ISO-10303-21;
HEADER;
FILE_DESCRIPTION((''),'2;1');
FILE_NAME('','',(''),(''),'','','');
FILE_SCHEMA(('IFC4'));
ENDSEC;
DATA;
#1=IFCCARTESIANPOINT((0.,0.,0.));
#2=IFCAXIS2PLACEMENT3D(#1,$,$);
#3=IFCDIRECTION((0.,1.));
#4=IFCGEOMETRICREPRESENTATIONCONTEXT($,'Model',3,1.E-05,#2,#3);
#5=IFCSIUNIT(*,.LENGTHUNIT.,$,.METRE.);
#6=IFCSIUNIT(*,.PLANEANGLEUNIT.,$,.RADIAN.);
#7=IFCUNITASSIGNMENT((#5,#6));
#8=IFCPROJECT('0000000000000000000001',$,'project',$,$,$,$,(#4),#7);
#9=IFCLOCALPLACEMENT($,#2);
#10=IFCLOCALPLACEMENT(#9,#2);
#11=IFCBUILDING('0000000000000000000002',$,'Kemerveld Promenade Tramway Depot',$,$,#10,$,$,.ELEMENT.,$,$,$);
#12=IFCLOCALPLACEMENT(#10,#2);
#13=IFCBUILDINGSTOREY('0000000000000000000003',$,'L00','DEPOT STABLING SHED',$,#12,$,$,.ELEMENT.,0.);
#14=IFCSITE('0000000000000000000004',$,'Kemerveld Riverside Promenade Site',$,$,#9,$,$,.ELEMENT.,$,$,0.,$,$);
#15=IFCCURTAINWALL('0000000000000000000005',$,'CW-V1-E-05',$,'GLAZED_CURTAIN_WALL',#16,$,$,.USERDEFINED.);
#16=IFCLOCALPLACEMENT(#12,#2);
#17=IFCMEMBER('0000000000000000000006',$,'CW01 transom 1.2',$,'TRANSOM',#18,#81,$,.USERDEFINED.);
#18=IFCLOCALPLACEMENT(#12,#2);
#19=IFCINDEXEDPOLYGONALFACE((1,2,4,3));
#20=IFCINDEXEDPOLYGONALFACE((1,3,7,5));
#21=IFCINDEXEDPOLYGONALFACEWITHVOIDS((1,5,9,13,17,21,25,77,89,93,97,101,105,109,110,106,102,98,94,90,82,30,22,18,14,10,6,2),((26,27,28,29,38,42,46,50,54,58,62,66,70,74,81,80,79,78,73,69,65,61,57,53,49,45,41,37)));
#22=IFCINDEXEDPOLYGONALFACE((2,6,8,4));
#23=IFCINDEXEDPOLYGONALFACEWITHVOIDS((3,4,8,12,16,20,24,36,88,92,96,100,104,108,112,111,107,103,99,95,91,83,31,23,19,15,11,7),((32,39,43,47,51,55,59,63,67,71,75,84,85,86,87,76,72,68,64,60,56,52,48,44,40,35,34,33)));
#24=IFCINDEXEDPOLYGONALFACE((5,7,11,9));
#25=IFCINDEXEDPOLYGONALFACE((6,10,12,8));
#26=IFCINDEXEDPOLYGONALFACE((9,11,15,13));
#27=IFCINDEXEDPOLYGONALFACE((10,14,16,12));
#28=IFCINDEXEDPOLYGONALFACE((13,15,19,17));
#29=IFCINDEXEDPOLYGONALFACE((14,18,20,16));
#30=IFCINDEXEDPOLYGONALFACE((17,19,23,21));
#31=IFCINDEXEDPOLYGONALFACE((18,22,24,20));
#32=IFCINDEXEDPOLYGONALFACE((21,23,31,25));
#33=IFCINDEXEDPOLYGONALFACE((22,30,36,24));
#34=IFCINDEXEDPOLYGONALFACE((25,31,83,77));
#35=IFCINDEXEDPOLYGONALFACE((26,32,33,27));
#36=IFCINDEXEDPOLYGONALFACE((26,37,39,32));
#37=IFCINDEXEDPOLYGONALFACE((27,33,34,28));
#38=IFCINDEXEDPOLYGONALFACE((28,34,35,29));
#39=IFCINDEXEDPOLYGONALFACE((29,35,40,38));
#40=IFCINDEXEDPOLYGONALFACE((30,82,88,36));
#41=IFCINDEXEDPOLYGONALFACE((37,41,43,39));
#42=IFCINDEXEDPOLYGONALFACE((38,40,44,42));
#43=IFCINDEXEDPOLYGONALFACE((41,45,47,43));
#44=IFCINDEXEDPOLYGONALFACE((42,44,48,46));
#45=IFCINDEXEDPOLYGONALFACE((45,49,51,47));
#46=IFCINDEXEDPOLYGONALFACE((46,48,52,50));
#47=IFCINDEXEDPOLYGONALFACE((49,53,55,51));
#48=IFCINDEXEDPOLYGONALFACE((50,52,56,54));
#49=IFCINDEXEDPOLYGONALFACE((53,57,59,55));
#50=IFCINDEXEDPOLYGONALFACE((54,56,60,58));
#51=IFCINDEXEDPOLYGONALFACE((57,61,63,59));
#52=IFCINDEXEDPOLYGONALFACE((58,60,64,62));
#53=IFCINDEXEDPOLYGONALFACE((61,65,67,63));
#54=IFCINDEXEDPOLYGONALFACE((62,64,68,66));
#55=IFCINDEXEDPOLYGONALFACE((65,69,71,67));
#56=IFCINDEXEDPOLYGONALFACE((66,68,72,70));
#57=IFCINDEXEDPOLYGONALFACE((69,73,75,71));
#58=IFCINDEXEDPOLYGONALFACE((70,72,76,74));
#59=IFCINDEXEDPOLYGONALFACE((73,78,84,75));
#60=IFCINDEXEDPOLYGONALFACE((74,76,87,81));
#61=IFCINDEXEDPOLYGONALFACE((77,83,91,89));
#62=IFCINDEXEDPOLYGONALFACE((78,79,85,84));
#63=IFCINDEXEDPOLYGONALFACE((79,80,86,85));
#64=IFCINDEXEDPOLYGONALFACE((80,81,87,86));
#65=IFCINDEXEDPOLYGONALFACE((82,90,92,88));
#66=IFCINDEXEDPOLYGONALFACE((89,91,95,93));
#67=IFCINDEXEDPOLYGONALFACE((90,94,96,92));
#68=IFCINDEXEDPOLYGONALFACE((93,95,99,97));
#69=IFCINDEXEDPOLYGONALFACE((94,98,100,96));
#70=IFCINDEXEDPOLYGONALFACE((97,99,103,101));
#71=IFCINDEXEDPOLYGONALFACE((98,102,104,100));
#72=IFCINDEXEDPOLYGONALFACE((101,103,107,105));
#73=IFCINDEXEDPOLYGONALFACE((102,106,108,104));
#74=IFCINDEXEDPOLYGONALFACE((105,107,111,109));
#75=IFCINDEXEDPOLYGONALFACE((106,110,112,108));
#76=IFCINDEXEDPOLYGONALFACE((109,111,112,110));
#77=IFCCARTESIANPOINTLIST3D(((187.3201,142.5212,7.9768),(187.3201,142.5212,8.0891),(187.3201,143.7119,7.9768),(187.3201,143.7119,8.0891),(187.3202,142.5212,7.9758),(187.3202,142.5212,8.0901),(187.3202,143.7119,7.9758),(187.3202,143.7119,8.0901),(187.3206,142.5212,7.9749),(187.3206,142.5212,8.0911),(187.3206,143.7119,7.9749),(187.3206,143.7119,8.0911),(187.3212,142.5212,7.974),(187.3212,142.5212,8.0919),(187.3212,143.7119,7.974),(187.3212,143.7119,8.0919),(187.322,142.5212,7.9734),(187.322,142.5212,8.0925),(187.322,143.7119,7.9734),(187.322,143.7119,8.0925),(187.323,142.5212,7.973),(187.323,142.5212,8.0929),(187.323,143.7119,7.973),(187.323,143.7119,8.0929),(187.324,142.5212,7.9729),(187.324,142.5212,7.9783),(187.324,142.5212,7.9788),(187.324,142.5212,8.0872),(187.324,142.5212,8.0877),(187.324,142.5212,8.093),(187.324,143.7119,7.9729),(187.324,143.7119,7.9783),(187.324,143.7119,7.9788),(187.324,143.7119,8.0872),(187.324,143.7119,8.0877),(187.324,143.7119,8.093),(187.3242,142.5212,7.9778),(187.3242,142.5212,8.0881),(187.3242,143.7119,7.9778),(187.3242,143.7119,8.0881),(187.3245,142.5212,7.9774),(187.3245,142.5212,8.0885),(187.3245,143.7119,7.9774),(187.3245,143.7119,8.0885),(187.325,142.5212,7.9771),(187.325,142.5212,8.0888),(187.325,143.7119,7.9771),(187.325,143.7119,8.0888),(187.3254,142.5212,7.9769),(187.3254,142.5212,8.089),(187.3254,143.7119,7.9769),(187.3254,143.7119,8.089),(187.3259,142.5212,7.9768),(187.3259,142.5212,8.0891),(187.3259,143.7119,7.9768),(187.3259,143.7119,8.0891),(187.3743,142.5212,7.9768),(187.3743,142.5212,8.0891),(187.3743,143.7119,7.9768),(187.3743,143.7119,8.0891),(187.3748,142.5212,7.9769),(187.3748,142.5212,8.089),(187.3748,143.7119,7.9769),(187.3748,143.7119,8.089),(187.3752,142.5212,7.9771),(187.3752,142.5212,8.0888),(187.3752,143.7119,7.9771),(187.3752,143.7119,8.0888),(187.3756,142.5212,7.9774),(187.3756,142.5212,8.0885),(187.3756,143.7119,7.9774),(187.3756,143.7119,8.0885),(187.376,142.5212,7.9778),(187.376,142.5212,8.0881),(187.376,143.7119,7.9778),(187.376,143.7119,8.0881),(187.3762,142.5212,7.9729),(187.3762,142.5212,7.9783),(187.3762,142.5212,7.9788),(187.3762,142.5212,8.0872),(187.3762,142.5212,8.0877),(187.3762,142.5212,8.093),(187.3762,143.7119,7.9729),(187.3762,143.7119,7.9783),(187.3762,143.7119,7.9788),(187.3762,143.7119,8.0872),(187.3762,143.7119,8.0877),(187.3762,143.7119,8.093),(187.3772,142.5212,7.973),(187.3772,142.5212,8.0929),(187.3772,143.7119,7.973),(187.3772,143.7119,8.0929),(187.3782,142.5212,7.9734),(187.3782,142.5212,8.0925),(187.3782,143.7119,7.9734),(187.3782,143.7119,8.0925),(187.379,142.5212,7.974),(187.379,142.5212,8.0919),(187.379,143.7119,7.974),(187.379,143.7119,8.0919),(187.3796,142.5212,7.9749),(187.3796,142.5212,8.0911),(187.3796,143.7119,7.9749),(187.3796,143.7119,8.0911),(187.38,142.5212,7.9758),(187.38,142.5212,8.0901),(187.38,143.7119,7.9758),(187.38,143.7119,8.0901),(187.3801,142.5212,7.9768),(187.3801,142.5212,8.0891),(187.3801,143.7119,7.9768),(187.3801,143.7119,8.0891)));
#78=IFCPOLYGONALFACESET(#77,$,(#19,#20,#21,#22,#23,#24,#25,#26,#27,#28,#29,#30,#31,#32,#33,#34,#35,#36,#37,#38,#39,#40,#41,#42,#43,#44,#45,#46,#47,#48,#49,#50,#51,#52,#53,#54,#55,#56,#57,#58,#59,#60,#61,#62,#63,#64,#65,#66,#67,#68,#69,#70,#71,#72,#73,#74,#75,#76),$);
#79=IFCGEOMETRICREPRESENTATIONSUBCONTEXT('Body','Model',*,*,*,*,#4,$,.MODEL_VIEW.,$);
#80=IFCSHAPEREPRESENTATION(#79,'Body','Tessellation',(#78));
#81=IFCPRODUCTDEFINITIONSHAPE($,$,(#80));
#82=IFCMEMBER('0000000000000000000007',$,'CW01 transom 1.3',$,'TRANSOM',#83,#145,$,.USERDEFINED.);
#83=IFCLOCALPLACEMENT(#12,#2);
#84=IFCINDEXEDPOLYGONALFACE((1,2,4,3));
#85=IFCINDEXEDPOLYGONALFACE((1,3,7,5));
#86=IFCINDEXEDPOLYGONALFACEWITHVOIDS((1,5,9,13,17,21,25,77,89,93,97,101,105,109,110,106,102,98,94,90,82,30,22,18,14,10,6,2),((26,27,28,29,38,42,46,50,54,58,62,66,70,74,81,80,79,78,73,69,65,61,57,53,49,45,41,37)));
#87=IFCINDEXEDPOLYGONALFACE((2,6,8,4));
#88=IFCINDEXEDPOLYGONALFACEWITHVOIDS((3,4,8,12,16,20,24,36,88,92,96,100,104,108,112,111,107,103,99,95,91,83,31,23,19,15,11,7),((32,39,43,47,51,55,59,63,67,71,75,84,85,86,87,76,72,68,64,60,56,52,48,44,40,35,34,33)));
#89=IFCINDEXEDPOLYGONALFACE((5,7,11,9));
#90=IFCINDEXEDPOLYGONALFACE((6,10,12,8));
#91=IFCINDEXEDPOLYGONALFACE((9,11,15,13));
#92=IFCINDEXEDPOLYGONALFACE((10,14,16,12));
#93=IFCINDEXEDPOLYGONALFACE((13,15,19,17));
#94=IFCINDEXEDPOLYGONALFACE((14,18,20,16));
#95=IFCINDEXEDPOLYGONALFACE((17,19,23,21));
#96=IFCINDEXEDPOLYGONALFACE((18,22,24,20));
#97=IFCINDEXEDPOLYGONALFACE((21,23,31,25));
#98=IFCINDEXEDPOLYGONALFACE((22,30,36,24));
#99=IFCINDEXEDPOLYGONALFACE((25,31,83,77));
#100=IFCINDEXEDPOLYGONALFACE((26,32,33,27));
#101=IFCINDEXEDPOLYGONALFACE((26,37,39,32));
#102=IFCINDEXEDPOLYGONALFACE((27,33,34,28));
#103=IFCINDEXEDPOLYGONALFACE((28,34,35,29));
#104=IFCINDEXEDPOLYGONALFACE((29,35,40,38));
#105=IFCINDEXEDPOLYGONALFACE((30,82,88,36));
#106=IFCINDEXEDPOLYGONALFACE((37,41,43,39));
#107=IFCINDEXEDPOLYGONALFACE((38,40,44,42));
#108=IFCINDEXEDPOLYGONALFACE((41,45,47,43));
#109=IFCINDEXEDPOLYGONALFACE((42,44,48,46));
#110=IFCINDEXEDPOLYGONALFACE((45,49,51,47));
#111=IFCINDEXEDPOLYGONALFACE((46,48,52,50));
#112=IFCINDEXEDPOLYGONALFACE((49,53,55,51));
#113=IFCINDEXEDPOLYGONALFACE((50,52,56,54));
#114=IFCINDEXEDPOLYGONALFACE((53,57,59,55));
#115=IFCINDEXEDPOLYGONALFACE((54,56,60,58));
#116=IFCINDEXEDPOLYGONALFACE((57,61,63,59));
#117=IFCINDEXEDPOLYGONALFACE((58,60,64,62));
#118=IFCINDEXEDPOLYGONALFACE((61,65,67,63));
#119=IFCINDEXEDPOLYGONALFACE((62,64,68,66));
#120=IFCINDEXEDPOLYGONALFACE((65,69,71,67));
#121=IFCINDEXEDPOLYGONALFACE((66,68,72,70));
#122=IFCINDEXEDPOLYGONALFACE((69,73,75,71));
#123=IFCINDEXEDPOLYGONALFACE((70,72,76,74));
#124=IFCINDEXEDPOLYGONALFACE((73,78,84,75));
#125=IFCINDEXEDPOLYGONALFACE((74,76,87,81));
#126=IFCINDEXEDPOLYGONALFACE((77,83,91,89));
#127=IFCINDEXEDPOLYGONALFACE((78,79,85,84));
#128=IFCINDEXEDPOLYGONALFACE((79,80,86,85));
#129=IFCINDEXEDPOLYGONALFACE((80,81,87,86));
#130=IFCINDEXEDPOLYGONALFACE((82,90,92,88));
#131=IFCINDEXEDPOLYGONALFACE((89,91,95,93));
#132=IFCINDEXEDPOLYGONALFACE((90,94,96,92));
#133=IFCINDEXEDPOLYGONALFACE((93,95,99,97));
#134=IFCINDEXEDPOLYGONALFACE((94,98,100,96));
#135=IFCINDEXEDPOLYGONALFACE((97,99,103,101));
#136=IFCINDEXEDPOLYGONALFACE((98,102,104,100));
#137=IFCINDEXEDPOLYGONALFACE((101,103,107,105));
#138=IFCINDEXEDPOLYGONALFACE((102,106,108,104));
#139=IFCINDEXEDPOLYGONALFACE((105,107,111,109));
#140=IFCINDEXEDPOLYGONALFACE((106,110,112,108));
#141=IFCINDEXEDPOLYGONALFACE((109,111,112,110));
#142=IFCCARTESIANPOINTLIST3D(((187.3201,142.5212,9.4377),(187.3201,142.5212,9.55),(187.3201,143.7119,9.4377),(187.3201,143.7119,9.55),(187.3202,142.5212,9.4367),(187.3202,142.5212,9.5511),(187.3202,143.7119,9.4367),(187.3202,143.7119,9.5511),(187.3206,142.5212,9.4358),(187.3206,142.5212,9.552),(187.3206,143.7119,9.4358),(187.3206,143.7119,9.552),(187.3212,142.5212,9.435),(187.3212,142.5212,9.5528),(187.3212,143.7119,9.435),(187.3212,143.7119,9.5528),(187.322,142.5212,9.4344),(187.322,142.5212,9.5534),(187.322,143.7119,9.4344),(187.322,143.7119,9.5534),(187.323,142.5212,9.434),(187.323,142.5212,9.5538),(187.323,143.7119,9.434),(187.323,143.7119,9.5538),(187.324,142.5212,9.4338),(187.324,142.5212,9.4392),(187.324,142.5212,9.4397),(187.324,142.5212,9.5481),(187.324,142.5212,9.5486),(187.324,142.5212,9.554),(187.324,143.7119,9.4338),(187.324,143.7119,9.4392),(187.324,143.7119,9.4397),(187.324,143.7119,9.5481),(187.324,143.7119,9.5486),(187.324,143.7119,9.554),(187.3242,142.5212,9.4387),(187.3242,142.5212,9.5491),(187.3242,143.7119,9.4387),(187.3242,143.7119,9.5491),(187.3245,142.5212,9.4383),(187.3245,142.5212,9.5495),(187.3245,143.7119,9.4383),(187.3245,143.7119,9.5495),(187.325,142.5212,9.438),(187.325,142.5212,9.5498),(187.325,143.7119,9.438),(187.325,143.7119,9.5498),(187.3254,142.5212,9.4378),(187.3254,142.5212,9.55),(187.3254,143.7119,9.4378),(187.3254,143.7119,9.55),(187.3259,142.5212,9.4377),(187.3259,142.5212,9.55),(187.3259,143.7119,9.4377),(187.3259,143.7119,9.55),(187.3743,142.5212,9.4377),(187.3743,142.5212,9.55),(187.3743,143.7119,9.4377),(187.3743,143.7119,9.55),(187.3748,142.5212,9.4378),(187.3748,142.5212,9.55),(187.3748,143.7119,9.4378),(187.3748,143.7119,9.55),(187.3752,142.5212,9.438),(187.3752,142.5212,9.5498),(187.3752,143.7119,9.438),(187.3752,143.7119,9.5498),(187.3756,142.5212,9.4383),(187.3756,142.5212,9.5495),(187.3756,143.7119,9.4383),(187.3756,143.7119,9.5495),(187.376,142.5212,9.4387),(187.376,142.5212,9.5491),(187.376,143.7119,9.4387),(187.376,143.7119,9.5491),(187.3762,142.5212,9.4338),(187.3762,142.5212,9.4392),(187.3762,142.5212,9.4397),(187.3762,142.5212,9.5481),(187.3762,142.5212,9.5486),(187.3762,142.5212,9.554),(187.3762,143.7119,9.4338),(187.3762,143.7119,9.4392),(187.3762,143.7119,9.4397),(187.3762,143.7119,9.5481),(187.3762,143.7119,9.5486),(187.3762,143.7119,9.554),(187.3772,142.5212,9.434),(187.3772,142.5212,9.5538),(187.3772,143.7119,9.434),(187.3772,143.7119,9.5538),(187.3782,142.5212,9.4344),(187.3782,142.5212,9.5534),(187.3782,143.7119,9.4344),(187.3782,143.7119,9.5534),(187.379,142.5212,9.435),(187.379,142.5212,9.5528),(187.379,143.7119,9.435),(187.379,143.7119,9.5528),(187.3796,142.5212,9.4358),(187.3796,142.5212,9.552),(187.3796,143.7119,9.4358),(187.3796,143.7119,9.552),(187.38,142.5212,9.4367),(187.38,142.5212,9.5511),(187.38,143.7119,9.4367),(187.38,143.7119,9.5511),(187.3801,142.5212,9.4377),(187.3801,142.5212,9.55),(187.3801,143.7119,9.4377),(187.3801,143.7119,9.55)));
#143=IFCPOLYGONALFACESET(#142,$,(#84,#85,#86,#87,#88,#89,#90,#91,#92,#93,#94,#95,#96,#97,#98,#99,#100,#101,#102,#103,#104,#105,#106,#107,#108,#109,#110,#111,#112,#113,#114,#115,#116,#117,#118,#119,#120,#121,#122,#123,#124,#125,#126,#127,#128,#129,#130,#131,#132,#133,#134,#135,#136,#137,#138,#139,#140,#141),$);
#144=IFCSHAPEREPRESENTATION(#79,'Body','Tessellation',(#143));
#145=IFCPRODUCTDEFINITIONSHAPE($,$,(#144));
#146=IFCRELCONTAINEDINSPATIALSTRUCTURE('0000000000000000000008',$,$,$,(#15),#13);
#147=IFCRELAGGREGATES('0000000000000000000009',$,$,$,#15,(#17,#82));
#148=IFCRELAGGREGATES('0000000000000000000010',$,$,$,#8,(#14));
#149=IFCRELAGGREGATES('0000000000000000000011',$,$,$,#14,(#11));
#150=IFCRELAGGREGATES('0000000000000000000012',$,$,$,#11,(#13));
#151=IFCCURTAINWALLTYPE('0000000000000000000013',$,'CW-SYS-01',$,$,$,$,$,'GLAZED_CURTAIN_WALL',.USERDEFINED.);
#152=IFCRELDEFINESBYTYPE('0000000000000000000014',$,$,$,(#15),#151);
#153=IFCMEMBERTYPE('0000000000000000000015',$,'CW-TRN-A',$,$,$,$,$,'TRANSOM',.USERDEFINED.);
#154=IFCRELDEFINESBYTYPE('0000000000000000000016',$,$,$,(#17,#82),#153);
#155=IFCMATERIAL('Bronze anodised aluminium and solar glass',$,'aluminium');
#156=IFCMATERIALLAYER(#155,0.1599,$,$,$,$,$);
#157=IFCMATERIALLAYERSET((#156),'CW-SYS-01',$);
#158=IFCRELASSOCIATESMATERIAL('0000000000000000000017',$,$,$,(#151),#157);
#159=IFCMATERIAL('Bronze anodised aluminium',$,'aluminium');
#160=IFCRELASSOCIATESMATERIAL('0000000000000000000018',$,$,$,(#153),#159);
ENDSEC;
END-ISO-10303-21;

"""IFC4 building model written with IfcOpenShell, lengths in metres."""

from ifc_helpers import new_model, si_unit, direction, frame, origin, origin_2d, place, context, subcontext, project, spatial, hollow_rectangle, extrude, material, layer, layer_set, material_profile, profile_set, type_object, element, aggregate, save


model = new_model("IFC4")

# Units and contexts
model_context = context("Model", 3, precision=1e-05, world=origin(), true_north=direction((0.0, 1.0)))
body_context = subcontext(model_context, "Body", "Model", "MODEL_VIEW")
ifc_project = project(units=[si_unit("LENGTHUNIT", "METRE"), si_unit("PLANEANGLEUNIT", "RADIAN")], contexts=[model_context])

# Site, building, storey
site_placement = place(None, origin())
site = spatial("IfcSite", under=ifc_project, at=site_placement, Name="Kemerveld Riverside Promenade Site", CompositionType="ELEMENT", RefElevation=0.0)
building_placement = place(site_placement, origin())
building = spatial("IfcBuilding", under=site, at=building_placement, Name="Kemerveld Promenade Tramway Depot", CompositionType="ELEMENT")
storey_placement = place(building_placement, origin())
storey = spatial("IfcBuildingStorey", under=building, at=storey_placement, Name="L00", Description="DEPOT STABLING SHED", CompositionType="ELEMENT", Elevation=0.0)

# Curtain wall, members
ifc_material_1 = material(Name="Bronze anodised aluminium and solar glass", Category="aluminium")
ifc_layer_1 = layer(ifc_material_1, 0.1599)
ifc_layer_set_1 = layer_set([ifc_layer_1], Name="CW-SYS-01")
curtain_wall_type_1 = type_object("IfcCurtainWallType", Name="CW-SYS-01", ElementType="GLAZED_CURTAIN_WALL", PredefinedType="USERDEFINED", material=ifc_layer_set_1)
curtain_wall_1_placement = place(storey_placement, origin())
curtain_wall_1 = element("IfcCurtainWall", 1, at=curtain_wall_1_placement, inside=storey, type_object=curtain_wall_type_1, Name="CW-V1-E-05", ObjectType="GLAZED_CURTAIN_WALL", PredefinedType="USERDEFINED")
ifc_material_2 = material(Name="Bronze anodised aluminium", Category="aluminium")
ifc_material_profile_1 = material_profile(ifc_material_2, hollow_rectangle(XDim=0.0601, YDim=0.1201, WallThickness=0.0039, InnerFilletRadius=0.002, OuterFilletRadius=0.0039, at=origin_2d()), Name="CW-TRN-120x60")
ifc_profile_set_1 = profile_set([ifc_material_profile_1], Name="Bronze anodised aluminium")
member_type_1 = type_object("IfcMemberType", Name="CW-TRN-A", ElementType="TRANSOM", PredefinedType="USERDEFINED", material=ifc_profile_set_1)
member_1_placement = place(storey_placement, frame((187.3501, 143.7119, 8.033), z_axis=(0.0, -1.0, 0.0), x_axis=(1.0, 0.0, 0.0)))
member_1 = element("IfcMember", 2, at=member_1_placement, type_object=member_type_1, Name="CW01 transom 1.2", ObjectType="TRANSOM", PredefinedType="USERDEFINED", context=body_context, shape_type="SweptSolid", body=[
    extrude(hollow_rectangle(XDim=0.0601, YDim=0.1201, WallThickness=0.0039, InnerFilletRadius=0.002, OuterFilletRadius=0.0039, at=origin_2d()), origin(), (0.0, 0.0, 1.0), 1.1907),
])
member_2_placement = place(storey_placement, frame((187.3501, 143.7119, 9.4939), z_axis=(0.0, -1.0, 0.0), x_axis=(1.0, 0.0, 0.0)))
member_2 = element("IfcMember", 3, at=member_2_placement, type_object=member_type_1, Name="CW01 transom 1.3", ObjectType="TRANSOM", PredefinedType="USERDEFINED", context=body_context, shape_type="SweptSolid", body=[
    extrude(hollow_rectangle(XDim=0.0601, YDim=0.1201, WallThickness=0.0039, InnerFilletRadius=0.002, OuterFilletRadius=0.0039, at=origin_2d()), origin(), (0.0, 0.0, 1.0), 1.1907),
])

aggregate(curtain_wall_1, [member_1, member_2])

save(model, "model.ifc")
